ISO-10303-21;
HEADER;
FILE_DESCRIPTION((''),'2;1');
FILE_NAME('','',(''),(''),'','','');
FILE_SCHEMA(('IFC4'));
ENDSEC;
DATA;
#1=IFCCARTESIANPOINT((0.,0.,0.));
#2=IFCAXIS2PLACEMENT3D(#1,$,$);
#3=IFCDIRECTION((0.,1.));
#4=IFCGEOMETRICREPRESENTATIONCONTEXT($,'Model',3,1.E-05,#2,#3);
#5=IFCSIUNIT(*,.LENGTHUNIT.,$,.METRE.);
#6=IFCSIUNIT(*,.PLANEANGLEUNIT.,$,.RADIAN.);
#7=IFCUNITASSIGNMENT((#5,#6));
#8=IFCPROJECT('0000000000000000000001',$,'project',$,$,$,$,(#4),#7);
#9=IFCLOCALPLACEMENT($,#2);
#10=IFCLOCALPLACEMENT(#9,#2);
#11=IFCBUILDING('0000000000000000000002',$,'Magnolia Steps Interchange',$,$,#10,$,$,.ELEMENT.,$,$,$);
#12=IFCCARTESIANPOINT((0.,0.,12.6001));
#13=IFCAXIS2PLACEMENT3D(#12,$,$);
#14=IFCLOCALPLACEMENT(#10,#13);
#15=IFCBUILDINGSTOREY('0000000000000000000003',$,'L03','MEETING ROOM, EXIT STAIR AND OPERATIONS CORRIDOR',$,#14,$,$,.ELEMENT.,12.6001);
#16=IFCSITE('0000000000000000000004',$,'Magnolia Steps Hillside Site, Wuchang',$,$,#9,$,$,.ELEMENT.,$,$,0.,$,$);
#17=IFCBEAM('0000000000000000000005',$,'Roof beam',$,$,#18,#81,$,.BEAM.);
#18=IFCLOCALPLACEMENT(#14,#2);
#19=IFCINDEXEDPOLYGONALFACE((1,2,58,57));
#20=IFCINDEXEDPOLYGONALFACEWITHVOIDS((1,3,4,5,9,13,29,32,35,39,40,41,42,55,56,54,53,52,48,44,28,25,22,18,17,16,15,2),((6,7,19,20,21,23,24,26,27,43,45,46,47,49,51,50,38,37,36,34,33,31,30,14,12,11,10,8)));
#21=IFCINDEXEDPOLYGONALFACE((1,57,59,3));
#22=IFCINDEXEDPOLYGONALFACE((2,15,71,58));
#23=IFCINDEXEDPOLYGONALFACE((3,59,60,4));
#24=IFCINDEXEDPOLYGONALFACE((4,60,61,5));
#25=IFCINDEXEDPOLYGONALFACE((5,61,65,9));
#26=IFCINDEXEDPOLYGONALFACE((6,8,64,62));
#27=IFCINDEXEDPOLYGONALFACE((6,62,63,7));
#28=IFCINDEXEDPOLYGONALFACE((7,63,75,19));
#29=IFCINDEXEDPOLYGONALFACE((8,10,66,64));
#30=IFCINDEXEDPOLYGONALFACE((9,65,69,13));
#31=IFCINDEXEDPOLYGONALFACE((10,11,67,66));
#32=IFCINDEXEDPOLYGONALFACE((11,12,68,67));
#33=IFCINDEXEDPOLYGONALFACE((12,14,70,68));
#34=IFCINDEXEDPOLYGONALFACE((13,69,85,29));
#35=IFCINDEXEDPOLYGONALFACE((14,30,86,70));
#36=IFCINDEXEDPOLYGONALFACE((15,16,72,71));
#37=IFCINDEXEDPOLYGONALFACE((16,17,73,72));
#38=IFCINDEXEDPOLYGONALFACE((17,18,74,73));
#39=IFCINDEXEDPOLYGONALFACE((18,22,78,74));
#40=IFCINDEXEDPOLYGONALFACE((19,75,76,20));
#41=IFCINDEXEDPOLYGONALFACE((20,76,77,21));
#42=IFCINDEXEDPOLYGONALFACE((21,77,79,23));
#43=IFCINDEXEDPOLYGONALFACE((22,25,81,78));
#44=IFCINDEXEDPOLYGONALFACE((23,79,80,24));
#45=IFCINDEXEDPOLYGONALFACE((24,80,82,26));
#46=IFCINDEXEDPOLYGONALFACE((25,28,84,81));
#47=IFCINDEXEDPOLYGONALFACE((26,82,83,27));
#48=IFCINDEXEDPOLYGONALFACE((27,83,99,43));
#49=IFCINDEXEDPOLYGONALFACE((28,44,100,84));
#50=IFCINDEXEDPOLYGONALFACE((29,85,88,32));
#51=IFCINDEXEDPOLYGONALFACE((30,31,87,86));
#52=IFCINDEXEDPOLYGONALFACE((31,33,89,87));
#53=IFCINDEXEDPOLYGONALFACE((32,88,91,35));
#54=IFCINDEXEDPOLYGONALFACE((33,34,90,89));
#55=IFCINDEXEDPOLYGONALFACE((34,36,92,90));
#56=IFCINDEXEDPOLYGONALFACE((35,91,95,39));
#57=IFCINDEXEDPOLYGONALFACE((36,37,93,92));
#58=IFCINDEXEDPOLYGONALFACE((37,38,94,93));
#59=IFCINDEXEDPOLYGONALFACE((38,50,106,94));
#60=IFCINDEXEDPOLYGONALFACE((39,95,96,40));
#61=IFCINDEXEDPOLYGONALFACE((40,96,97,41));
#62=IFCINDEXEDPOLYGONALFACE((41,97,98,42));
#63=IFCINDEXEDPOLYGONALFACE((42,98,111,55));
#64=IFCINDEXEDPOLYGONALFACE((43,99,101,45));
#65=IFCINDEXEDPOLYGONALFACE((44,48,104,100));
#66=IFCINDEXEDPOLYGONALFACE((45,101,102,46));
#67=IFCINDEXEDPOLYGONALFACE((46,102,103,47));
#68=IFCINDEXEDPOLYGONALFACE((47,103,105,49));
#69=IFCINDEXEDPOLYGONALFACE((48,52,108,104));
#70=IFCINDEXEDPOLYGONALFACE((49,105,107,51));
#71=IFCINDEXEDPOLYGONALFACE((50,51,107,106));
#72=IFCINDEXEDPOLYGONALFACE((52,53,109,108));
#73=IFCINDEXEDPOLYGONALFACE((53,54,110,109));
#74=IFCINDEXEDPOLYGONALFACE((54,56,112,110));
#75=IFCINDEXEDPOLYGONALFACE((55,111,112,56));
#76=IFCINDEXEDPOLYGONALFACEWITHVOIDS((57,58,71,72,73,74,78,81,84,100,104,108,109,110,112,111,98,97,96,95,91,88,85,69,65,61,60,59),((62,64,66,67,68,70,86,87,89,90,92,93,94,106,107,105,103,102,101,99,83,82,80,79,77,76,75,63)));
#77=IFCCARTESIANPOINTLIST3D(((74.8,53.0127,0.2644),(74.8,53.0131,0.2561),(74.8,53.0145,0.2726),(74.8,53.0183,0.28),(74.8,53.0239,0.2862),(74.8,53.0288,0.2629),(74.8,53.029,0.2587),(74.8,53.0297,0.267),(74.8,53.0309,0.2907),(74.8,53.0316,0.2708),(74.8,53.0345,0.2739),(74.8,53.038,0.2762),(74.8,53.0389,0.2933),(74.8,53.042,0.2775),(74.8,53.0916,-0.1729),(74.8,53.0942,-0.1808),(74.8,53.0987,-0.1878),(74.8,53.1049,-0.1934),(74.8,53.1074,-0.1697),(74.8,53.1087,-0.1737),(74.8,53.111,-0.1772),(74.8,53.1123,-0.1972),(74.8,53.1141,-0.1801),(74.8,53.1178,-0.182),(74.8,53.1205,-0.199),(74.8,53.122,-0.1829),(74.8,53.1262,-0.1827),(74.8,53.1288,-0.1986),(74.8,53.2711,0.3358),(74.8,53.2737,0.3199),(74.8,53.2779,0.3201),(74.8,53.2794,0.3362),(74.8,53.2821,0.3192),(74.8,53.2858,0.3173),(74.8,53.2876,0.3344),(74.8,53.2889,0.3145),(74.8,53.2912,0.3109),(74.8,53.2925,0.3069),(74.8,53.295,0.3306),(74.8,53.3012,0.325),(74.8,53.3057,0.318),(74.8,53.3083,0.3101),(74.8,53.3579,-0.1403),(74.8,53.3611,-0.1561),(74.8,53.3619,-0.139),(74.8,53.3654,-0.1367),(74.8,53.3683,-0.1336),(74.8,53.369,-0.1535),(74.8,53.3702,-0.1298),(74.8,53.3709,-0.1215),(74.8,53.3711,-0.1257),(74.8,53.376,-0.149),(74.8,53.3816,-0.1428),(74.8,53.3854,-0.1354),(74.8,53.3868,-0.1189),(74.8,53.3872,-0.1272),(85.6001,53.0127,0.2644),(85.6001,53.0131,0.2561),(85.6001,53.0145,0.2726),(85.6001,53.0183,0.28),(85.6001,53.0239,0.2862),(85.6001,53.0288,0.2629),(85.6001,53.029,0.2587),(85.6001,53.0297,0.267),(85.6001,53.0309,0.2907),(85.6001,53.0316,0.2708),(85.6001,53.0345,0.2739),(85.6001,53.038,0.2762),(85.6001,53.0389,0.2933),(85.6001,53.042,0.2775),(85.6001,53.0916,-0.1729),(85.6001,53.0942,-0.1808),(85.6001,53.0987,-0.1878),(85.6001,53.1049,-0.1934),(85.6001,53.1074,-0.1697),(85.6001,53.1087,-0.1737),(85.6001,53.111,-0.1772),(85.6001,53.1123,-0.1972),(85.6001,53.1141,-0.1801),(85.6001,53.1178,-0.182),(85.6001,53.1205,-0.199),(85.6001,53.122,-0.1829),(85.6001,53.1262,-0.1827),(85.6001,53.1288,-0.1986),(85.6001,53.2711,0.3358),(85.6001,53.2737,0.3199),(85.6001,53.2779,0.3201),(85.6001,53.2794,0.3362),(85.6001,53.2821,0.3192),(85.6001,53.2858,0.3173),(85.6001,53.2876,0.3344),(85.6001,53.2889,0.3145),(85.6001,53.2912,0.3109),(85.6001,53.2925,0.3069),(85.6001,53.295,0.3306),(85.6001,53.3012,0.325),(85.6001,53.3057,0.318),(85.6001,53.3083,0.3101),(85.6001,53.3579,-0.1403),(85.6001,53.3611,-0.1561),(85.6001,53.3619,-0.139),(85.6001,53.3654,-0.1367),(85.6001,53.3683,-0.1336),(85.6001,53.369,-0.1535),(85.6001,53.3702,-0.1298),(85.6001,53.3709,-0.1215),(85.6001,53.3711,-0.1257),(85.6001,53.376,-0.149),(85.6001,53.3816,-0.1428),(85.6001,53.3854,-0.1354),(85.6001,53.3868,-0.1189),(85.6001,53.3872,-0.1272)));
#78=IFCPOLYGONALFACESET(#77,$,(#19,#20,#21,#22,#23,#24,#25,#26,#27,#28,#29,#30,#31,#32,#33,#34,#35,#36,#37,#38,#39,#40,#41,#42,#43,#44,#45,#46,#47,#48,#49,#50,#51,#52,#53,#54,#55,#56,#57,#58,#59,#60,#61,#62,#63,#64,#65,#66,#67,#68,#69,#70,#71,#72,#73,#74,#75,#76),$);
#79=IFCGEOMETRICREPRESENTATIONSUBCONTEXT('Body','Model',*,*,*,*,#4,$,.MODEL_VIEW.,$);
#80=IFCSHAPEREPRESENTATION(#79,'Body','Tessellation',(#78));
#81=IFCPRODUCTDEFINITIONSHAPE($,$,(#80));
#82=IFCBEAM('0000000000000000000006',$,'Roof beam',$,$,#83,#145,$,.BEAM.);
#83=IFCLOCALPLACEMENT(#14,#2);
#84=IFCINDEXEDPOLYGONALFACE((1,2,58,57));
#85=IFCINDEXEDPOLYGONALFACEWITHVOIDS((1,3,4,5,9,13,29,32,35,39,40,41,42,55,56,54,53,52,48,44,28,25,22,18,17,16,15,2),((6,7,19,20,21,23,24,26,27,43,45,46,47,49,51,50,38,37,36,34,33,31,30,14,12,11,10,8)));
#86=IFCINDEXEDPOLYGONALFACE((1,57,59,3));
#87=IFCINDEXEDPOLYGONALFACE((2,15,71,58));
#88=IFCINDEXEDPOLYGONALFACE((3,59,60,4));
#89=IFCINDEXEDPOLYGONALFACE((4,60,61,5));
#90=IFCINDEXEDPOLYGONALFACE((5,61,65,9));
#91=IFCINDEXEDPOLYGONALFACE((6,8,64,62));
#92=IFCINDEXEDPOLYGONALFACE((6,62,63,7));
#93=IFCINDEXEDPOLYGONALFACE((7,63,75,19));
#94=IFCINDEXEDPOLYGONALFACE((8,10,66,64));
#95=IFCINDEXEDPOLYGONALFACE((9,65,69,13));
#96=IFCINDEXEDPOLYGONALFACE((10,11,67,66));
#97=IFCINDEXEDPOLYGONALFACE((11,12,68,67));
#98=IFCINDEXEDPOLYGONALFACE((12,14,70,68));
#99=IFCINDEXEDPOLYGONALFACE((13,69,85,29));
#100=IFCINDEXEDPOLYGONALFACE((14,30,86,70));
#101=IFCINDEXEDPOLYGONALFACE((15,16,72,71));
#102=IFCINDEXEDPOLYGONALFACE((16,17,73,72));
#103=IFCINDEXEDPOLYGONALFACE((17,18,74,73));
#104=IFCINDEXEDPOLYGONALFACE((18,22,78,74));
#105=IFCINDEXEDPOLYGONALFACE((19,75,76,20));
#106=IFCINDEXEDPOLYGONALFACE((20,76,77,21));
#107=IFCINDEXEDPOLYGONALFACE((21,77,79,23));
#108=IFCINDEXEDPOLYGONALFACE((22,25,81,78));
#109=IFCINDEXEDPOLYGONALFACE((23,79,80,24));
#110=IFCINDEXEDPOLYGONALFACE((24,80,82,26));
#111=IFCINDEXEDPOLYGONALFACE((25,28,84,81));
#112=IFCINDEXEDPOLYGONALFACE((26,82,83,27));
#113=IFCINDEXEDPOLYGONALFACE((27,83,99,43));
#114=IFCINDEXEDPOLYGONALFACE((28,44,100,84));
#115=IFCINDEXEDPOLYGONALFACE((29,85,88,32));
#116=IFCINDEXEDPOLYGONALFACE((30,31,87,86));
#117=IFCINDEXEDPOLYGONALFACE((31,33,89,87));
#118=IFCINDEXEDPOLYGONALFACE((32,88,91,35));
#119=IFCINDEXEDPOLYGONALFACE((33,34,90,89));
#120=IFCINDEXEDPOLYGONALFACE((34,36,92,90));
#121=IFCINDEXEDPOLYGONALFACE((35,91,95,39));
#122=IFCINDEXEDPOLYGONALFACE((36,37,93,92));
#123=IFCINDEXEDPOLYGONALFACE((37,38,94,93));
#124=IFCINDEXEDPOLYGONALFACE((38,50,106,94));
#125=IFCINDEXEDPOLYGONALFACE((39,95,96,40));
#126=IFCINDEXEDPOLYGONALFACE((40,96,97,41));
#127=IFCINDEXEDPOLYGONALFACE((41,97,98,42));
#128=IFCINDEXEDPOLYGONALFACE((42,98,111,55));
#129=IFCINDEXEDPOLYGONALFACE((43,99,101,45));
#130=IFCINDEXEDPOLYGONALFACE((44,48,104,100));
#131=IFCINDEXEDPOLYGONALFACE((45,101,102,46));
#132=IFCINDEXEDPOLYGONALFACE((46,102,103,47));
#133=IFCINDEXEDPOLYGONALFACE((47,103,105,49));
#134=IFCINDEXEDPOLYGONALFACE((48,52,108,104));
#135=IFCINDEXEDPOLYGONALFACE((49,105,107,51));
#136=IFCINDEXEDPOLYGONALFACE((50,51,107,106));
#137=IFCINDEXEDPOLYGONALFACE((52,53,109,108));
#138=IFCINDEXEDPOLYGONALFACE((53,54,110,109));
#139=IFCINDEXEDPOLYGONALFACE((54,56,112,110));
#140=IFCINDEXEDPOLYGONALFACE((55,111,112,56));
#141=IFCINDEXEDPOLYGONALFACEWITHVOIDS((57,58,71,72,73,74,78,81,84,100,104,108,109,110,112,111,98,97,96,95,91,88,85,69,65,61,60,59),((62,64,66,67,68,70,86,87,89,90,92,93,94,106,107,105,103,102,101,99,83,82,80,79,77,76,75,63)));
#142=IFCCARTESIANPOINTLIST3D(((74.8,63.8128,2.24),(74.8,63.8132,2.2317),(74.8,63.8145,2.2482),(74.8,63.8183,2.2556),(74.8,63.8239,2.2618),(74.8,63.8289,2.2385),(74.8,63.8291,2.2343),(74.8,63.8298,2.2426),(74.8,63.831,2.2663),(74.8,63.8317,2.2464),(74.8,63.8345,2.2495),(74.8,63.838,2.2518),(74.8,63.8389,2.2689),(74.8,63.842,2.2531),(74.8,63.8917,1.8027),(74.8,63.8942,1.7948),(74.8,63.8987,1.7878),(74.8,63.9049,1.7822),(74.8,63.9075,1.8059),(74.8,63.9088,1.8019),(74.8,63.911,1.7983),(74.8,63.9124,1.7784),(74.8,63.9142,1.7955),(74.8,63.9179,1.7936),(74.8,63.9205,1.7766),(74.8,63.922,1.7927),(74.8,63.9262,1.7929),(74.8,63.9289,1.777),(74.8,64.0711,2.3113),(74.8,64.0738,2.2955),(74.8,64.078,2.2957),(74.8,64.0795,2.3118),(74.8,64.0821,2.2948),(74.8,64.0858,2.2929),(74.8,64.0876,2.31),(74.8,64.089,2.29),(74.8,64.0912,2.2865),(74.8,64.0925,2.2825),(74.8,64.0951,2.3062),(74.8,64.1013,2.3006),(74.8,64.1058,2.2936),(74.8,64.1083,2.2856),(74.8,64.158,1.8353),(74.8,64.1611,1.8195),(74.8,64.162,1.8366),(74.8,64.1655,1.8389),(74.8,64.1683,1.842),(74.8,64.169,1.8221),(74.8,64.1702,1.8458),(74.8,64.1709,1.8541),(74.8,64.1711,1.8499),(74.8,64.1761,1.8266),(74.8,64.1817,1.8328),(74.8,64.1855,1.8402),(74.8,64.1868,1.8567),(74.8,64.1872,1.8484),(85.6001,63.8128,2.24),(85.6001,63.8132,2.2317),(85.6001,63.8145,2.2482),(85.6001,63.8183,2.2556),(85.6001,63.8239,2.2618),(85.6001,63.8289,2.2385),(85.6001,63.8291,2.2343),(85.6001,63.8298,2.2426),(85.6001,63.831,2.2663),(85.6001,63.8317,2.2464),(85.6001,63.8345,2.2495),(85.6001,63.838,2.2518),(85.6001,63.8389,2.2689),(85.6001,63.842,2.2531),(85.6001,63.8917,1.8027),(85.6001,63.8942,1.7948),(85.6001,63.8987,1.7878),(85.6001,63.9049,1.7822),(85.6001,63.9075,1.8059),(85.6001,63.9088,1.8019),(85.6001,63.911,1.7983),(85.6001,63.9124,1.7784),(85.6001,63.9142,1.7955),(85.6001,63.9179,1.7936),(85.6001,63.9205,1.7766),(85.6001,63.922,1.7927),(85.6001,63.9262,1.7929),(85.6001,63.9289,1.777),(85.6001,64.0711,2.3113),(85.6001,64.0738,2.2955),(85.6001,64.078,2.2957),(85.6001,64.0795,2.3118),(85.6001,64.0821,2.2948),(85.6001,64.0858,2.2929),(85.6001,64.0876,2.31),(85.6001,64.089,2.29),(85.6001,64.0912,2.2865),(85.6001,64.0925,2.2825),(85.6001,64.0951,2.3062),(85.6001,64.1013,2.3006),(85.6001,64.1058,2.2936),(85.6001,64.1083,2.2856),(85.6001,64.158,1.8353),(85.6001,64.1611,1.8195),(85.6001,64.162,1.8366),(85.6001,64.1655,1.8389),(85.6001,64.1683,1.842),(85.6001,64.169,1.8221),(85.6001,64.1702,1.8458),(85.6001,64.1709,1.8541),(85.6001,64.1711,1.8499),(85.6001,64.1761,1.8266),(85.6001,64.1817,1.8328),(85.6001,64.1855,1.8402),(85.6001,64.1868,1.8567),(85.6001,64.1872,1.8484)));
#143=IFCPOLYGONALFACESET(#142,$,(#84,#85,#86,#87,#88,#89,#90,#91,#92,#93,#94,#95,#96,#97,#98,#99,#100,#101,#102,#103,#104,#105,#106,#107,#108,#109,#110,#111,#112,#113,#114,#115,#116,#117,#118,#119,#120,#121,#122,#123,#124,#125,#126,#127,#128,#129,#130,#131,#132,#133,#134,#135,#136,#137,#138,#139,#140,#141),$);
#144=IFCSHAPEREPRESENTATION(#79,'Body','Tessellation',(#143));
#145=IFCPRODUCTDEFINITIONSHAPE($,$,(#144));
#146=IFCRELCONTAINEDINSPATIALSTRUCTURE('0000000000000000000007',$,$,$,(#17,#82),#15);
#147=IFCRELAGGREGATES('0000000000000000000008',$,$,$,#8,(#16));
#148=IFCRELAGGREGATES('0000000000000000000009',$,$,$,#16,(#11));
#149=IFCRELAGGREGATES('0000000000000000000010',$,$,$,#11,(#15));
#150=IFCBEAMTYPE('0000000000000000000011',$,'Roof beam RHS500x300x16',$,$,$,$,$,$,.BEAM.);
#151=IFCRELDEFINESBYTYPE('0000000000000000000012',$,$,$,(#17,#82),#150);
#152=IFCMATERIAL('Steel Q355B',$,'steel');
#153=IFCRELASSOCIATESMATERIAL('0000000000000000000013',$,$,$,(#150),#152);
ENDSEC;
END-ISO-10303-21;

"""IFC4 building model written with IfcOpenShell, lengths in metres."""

from ifc_helpers import new_model, si_unit, direction, frame, origin, origin_2d, place, context, subcontext, project, spatial, hollow_rectangle, extrude, material, material_profile, profile_set, type_object, element, save


model = new_model("IFC4")

# Units and contexts
model_context = context("Model", 3, precision=1e-05, world=origin(), true_north=direction((0.0, 1.0)))
body_context = subcontext(model_context, "Body", "Model", "MODEL_VIEW")
ifc_project = project(units=[si_unit("LENGTHUNIT", "METRE"), si_unit("PLANEANGLEUNIT", "RADIAN")], contexts=[model_context])

# Site, building, storey
site_placement = place(None, origin())
site = spatial("IfcSite", under=ifc_project, at=site_placement, Name="Magnolia Steps Hillside Site, Wuchang", CompositionType="ELEMENT", RefElevation=0.0)
building_placement = place(site_placement, origin())
building = spatial("IfcBuilding", under=site, at=building_placement, Name="Magnolia Steps Interchange", CompositionType="ELEMENT")
storey_placement = place(building_placement, frame((0.0, 0.0, 12.6001)))
storey = spatial("IfcBuildingStorey", under=building, at=storey_placement, Name="L03", Description="MEETING ROOM, EXIT STAIR AND OPERATIONS CORRIDOR", CompositionType="ELEMENT", Elevation=12.6001)

# Beams
ifc_material_1 = material(Name="Steel Q355B", Category="steel")
ifc_material_profile_1 = material_profile(ifc_material_1, hollow_rectangle(XDim=0.3, YDim=0.5, WallThickness=0.0161, InnerFilletRadius=0.0161, OuterFilletRadius=0.032, at=origin_2d()), Name="RHS500x300x16")
ifc_profile_set_1 = profile_set([ifc_material_profile_1], Name="Steel Q355B")
beam_type_1 = type_object("IfcBeamType", Name="Roof beam RHS500x300x16", PredefinedType="BEAM", material=ifc_profile_set_1)
for number, where, z_axis, x_axis, name in (
    (1, (74.8, 53.2, 0.0686), (1.0, 0.0, 0.0), (0.0, 0.983677, 0.179941), "Roof beam"),
    (2, (74.8, 64.0, 2.0442), (1.0, 0.0, 0.0), (0.0, 0.983677, 0.179941), "Roof beam"),
):
    element("IfcBeam", number, at=place(storey_placement, frame(where, z_axis=z_axis, x_axis=x_axis)), inside=storey, type_object=beam_type_1, Name=name, PredefinedType="BEAM", context=body_context, shape_type="SweptSolid", body=[
        extrude(hollow_rectangle(XDim=0.3, YDim=0.5, WallThickness=0.0161, InnerFilletRadius=0.0161, OuterFilletRadius=0.032, at=origin_2d()), origin(), (0.0, 0.0, 1.0), 10.8),
    ])

save(model, "model.ifc")
